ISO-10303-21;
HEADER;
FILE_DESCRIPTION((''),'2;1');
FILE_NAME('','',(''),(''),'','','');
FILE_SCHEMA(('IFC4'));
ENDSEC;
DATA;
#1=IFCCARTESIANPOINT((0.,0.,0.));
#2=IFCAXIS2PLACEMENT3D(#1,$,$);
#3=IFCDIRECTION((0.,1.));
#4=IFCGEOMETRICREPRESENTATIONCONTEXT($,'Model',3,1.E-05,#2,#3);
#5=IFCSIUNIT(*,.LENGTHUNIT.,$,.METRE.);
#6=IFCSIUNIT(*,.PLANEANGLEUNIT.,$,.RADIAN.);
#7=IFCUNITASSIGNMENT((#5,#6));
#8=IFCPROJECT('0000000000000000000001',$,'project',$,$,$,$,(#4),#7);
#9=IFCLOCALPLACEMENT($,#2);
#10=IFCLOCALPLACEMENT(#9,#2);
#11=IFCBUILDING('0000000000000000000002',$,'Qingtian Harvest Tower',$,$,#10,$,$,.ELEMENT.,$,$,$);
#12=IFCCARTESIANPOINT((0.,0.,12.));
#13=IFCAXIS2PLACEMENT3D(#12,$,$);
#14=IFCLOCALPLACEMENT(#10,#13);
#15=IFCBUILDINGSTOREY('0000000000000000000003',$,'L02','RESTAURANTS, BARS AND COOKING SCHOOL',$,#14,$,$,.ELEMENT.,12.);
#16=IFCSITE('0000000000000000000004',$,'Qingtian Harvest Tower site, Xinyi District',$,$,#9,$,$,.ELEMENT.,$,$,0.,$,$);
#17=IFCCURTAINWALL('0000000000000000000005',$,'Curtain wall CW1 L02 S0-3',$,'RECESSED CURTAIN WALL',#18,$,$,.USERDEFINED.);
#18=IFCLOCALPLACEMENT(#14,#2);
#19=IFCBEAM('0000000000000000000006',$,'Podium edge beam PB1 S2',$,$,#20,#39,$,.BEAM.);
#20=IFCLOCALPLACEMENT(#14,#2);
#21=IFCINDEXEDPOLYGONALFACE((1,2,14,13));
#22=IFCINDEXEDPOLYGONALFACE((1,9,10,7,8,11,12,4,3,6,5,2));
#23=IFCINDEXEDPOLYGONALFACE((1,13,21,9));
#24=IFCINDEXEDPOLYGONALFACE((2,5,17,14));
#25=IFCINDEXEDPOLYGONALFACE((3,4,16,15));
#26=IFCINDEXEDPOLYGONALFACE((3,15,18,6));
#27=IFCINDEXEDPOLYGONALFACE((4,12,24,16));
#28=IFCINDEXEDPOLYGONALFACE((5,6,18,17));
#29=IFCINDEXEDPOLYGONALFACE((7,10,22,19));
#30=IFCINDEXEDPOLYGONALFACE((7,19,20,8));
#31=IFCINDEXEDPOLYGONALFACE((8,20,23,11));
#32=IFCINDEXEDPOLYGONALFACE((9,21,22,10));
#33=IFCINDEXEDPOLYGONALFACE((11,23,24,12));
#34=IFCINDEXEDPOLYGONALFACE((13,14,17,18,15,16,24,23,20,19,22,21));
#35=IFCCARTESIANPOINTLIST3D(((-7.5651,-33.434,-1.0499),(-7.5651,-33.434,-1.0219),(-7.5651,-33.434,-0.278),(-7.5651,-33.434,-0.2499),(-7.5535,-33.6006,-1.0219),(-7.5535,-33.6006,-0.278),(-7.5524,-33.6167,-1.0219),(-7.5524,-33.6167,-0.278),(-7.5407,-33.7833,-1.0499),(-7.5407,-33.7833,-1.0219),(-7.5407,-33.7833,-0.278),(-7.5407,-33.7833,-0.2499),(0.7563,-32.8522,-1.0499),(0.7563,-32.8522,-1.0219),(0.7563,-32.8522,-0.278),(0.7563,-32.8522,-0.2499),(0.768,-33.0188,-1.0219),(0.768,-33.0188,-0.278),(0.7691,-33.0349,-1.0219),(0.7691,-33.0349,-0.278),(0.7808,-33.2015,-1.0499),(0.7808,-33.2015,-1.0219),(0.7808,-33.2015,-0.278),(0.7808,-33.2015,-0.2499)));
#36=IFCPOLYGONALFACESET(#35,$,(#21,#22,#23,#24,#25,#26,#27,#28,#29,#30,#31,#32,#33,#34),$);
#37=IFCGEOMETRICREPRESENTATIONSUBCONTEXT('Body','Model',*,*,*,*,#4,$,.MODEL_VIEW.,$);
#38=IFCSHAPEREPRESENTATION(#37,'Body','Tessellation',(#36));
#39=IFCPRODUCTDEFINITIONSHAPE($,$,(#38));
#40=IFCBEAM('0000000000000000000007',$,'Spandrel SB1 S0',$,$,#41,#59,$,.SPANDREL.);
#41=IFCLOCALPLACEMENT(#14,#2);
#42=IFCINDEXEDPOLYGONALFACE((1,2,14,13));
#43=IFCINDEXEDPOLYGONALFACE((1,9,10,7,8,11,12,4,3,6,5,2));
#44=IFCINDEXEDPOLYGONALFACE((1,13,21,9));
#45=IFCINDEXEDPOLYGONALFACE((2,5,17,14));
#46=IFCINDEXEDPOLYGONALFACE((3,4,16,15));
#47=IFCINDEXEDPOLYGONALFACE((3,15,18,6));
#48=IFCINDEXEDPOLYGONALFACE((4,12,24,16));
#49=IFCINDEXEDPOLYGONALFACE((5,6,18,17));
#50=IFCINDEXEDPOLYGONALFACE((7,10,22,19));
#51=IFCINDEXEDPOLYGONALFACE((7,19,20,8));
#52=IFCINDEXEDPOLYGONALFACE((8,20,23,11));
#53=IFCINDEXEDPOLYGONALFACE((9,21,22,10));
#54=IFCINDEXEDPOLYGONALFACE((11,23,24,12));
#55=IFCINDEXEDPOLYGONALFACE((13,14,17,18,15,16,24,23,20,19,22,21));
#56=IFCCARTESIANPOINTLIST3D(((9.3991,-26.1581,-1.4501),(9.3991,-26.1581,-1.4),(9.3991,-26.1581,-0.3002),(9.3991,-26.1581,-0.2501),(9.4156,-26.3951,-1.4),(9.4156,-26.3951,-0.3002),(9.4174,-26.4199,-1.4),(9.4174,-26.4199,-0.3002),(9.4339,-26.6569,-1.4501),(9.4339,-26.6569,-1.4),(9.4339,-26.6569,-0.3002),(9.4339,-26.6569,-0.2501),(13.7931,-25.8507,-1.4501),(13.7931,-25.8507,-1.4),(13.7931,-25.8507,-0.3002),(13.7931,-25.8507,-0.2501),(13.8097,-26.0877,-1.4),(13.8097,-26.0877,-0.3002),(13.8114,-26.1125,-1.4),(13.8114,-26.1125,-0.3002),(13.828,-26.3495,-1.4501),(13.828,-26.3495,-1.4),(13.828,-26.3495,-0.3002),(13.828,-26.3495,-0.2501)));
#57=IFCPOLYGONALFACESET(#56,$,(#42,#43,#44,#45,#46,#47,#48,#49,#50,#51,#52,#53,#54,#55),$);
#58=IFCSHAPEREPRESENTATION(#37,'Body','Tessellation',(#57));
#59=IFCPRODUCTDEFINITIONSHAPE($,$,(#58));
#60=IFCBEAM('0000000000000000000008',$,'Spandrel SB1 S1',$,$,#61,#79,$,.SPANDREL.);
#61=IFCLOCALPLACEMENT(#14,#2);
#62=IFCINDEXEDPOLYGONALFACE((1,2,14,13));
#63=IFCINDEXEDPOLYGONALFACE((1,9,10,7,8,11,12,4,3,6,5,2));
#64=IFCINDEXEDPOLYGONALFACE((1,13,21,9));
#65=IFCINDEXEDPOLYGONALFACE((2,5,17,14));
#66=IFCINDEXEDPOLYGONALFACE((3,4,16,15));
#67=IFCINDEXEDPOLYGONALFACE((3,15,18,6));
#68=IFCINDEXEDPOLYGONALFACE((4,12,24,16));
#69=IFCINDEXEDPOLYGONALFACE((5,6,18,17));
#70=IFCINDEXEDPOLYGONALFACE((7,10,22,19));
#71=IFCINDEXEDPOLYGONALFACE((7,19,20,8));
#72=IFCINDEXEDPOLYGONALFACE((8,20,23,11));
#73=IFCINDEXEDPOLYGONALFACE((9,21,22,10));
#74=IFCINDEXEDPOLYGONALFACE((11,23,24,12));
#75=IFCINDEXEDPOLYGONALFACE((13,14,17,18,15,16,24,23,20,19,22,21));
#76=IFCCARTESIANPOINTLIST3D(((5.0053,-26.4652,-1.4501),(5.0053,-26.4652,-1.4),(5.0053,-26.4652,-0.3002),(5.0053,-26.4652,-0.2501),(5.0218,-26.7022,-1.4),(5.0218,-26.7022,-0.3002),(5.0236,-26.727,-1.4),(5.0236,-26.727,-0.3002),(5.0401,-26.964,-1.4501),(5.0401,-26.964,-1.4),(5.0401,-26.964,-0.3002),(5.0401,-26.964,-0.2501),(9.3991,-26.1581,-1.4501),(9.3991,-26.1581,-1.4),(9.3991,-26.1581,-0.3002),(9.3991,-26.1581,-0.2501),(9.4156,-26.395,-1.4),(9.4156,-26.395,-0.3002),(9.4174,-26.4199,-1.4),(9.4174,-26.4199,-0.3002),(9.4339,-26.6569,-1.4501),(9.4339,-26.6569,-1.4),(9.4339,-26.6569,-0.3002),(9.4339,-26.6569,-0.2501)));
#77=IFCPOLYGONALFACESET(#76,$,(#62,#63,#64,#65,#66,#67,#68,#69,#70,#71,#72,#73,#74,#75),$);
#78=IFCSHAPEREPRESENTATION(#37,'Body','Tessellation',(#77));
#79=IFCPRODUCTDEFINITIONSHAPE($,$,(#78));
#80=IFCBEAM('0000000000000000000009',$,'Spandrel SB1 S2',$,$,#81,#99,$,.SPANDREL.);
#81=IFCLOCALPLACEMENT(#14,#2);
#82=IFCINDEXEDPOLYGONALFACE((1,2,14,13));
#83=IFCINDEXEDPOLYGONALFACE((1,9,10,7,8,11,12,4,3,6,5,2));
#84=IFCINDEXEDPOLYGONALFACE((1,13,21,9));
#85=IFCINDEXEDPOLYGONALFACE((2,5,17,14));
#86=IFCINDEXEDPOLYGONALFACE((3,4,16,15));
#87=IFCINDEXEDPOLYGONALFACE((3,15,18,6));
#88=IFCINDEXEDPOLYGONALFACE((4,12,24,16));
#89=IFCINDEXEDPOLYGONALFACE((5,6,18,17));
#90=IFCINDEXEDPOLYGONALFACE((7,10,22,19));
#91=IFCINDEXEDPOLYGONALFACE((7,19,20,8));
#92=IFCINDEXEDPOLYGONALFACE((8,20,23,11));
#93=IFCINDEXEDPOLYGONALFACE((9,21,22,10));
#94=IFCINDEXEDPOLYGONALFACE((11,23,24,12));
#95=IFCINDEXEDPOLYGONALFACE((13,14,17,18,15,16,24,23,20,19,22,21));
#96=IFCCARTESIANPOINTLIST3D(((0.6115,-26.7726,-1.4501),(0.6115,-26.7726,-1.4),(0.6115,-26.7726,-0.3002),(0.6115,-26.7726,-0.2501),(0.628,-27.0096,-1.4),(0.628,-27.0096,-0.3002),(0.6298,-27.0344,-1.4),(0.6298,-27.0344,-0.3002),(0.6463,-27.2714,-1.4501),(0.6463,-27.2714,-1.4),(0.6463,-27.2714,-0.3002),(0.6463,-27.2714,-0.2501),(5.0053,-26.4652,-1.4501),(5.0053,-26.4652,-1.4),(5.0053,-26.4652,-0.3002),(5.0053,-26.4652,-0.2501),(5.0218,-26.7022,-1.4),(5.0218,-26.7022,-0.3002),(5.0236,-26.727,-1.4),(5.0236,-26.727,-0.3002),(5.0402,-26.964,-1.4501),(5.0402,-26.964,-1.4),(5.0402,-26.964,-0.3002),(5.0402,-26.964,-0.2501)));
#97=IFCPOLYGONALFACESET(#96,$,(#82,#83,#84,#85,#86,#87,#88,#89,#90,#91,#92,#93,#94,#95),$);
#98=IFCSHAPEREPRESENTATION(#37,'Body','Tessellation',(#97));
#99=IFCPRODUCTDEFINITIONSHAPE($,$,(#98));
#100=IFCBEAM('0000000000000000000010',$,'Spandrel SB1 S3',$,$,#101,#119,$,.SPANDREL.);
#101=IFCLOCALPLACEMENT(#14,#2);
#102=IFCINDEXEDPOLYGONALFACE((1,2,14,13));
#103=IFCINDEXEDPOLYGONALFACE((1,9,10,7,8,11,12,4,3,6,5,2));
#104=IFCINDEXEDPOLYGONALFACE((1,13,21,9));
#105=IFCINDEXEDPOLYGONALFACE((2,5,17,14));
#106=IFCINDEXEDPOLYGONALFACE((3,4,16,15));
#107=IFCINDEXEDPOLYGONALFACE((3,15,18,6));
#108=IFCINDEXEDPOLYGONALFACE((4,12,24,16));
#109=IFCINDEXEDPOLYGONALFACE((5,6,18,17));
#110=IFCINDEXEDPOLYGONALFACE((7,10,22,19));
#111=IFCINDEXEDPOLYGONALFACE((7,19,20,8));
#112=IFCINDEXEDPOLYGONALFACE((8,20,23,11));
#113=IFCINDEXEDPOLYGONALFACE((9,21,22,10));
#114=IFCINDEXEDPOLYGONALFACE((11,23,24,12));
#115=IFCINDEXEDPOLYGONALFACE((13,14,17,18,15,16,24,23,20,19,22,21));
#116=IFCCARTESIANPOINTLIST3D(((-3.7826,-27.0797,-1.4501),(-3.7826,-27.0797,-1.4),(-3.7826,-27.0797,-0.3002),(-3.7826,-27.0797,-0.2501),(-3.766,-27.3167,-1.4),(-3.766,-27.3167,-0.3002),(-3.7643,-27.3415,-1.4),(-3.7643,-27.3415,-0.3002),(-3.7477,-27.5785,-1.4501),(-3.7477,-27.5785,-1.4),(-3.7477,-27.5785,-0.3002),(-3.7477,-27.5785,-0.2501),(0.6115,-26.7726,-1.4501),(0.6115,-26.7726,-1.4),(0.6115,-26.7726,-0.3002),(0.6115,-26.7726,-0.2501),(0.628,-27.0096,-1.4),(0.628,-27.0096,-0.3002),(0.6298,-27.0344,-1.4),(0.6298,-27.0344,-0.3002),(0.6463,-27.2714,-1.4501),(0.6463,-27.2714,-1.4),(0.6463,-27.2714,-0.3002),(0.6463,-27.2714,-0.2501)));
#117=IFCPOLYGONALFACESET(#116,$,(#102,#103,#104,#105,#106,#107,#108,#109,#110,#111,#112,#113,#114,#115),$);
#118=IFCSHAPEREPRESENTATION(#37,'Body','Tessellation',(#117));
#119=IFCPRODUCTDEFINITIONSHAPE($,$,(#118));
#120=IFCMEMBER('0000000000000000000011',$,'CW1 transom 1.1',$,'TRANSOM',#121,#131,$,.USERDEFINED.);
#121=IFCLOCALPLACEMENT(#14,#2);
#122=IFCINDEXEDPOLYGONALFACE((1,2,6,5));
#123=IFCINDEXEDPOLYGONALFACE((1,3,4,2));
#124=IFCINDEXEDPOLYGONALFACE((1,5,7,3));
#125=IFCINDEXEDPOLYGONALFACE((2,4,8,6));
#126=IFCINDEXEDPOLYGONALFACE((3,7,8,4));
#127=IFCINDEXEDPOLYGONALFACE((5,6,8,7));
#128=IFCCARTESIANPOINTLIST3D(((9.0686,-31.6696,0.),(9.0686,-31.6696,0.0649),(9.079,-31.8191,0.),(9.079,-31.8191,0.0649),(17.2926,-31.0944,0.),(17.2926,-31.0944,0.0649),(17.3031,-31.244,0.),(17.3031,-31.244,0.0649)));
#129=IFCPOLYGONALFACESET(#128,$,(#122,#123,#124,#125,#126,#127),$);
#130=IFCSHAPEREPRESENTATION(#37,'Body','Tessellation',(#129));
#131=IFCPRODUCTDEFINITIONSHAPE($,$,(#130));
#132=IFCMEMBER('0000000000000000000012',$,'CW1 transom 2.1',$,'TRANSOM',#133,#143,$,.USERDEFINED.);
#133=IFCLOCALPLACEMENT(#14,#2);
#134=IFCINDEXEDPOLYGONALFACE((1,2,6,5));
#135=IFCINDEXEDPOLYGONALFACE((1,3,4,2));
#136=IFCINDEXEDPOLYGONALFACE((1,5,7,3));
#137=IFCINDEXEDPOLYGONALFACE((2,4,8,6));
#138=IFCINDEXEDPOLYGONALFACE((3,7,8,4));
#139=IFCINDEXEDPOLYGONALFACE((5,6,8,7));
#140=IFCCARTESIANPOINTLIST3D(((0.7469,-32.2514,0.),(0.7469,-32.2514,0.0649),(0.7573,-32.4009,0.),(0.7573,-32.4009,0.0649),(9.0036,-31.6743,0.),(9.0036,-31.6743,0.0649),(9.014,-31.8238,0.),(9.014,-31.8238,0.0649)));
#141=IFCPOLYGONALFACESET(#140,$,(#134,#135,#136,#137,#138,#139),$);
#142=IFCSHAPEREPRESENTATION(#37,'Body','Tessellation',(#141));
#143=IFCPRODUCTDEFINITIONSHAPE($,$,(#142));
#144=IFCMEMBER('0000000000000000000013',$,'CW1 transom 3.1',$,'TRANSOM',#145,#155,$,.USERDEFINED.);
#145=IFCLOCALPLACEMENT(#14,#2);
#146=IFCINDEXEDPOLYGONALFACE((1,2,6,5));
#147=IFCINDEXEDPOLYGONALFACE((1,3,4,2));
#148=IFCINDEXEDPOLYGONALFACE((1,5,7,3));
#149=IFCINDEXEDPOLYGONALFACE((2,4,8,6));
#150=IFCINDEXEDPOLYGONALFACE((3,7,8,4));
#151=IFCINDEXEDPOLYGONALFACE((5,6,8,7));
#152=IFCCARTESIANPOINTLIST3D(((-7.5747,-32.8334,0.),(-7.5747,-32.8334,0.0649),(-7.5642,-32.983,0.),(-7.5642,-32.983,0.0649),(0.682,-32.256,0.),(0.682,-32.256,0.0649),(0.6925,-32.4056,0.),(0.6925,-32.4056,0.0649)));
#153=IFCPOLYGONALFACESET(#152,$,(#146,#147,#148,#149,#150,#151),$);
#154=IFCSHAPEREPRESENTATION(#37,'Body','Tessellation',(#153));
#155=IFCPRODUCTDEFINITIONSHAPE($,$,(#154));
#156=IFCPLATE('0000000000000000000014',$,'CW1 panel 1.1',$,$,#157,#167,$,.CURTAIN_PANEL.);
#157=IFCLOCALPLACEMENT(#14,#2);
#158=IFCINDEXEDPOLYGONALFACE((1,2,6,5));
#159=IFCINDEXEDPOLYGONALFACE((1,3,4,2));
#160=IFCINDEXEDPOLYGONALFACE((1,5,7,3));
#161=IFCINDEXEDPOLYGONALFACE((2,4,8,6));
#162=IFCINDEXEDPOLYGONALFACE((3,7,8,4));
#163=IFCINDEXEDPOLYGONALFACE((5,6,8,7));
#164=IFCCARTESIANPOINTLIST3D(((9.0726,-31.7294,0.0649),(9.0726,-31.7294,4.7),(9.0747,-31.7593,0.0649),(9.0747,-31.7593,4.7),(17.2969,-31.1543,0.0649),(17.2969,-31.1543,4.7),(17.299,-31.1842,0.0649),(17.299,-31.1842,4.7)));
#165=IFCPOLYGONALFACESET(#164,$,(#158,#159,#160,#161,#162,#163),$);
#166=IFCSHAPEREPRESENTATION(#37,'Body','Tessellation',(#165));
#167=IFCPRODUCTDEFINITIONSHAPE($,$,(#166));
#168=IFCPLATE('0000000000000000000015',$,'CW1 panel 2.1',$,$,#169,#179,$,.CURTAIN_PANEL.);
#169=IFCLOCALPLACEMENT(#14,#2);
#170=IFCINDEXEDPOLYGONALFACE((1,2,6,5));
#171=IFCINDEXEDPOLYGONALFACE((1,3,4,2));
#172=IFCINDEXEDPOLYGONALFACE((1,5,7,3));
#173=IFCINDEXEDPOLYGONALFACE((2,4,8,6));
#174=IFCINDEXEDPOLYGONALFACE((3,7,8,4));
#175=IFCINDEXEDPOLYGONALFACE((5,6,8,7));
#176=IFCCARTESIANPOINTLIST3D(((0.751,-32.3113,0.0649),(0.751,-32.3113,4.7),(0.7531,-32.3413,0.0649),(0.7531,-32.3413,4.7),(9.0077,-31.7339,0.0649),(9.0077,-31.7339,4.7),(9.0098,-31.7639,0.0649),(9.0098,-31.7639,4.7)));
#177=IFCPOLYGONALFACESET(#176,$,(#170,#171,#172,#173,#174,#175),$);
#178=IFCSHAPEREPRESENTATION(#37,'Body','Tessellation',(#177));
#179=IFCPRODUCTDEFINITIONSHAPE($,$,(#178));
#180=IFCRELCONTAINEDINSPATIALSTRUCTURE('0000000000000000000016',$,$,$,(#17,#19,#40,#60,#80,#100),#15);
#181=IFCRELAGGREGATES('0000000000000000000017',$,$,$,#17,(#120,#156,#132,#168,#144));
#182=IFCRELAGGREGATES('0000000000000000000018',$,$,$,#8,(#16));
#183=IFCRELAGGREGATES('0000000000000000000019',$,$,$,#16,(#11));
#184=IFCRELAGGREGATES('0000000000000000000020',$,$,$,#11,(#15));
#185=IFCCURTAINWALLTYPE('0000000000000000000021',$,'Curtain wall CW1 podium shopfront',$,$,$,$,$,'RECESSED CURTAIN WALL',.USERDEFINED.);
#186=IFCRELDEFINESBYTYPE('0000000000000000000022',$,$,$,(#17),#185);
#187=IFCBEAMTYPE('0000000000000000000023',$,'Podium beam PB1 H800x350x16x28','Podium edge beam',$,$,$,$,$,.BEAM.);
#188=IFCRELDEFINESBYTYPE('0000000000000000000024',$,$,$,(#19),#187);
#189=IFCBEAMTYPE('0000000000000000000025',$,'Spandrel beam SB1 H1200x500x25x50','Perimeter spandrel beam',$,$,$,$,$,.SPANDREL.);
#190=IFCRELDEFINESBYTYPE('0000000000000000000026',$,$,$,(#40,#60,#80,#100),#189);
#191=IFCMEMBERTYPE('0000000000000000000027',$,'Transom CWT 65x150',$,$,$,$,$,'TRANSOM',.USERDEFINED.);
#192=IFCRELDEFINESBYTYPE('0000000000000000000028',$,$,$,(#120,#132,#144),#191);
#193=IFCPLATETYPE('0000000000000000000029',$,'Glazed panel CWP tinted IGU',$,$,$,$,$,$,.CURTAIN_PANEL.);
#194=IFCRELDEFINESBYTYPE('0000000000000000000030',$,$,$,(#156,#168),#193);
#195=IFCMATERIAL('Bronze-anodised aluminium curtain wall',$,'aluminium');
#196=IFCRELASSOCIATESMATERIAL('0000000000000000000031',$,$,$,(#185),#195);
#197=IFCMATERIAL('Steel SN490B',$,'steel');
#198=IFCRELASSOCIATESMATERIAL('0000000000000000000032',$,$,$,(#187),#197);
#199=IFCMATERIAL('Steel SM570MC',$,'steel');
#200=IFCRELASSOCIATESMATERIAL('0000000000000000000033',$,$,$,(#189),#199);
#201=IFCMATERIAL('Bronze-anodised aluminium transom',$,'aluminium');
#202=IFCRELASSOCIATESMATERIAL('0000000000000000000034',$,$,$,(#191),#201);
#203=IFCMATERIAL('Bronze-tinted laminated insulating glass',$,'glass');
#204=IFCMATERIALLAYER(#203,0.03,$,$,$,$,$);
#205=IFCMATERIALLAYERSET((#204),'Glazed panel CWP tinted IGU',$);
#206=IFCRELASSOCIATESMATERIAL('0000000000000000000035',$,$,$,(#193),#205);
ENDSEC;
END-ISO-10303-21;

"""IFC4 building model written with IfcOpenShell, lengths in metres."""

from ifc_helpers import new_model, si_unit, direction, frame, origin, origin_2d, place, context, subcontext, project, spatial, rectangle, i_section, extrude, material, layer, layer_set, material_profile, profile_set, type_object, element, aggregate, save


model = new_model("IFC4")

# Units and contexts
model_context = context("Model", 3, precision=1e-05, world=origin(), true_north=direction((0.0, 1.0)))
body_context = subcontext(model_context, "Body", "Model", "MODEL_VIEW")
ifc_project = project(units=[si_unit("LENGTHUNIT", "METRE"), si_unit("PLANEANGLEUNIT", "RADIAN")], contexts=[model_context])

# Site, building, storey
site_placement = place(None, origin())
site = spatial("IfcSite", under=ifc_project, at=site_placement, Name="Qingtian Harvest Tower site, Xinyi District", CompositionType="ELEMENT", RefElevation=0.0)
building_placement = place(site_placement, origin())
building = spatial("IfcBuilding", under=site, at=building_placement, Name="Qingtian Harvest Tower", CompositionType="ELEMENT")
storey_placement = place(building_placement, frame((0.0, 0.0, 12.0)))
storey = spatial("IfcBuildingStorey", under=building, at=storey_placement, Name="L02", Description="RESTAURANTS, BARS AND COOKING SCHOOL", CompositionType="ELEMENT", Elevation=12.0)

# Shared definitions
ifc_material_1 = material(Name="Bronze-anodised aluminium curtain wall", Category="aluminium")
curtain_wall_type = type_object("IfcCurtainWallType", Name="Curtain wall CW1 podium shopfront", ElementType="RECESSED CURTAIN WALL", PredefinedType="USERDEFINED", material=ifc_material_1)

# Curtain wall
curtain_wall_1_placement = place(storey_placement, origin())
curtain_wall_1 = element("IfcCurtainWall", 1, at=curtain_wall_1_placement, inside=storey, type_object=curtain_wall_type, Name="Curtain wall CW1 L02 S0-3", ObjectType="RECESSED CURTAIN WALL", PredefinedType="USERDEFINED")

# Beams
ifc_material_2 = material(Name="Steel SN490B", Category="steel")
ifc_material_profile_1 = material_profile(ifc_material_2, i_section(OverallWidth=0.3501, OverallDepth=0.8, WebThickness=0.0161, FlangeThickness=0.0281, at=origin_2d()), Name="H800x350x16x28")
ifc_profile_set_1 = profile_set([ifc_material_profile_1], Name="Steel SN490B")
beam_type_1 = type_object("IfcBeamType", Name="Podium beam PB1 H800x350x16x28", Description="Podium edge beam", PredefinedType="BEAM", material=ifc_profile_set_1)
for number, where, z_axis, x_axis, name in (
    (2, (0.7686, -33.0269, -0.6499), (-0.997565, -0.069743, 0.0), (0.069743, -0.997565, 0.0), "Podium edge beam PB1 S2"),
):
    element("IfcBeam", number, at=place(storey_placement, frame(where, z_axis=z_axis, x_axis=x_axis)), inside=storey, type_object=beam_type_1, Name=name, PredefinedType="BEAM", context=body_context, shape_type="SweptSolid", body=[
        extrude(i_section(OverallWidth=0.3501, OverallDepth=0.8, WebThickness=0.0161, FlangeThickness=0.0281, at=origin_2d()), origin(), (0.0, 0.0, 1.0), 8.3418),
    ])
ifc_material_3 = material(Name="Steel SM570MC", Category="steel")
ifc_material_profile_2 = material_profile(ifc_material_3, i_section(OverallWidth=0.5, OverallDepth=1.2, WebThickness=0.0249, FlangeThickness=0.05, at=origin_2d()), Name="H1200x500x25x50")
ifc_profile_set_2 = profile_set([ifc_material_profile_2], Name="Steel SM570MC")
beam_type_2 = type_object("IfcBeamType", Name="Spandrel beam SB1 H1200x500x25x50", Description="Perimeter spandrel beam", PredefinedType="SPANDREL", material=ifc_profile_set_2)
beam_1_placement = place(storey_placement, frame((13.8105, -26.1001, -0.8501), z_axis=(-0.997562, -0.069782, 0.0), x_axis=(0.069782, -0.997562, 0.0)))
element("IfcBeam", 3, at=beam_1_placement, inside=storey, type_object=beam_type_2, Name="Spandrel SB1 S0", PredefinedType="SPANDREL", context=body_context, shape_type="SweptSolid", body=[
    extrude(i_section(OverallWidth=0.5, OverallDepth=1.2, WebThickness=0.0249, FlangeThickness=0.05, at=origin_2d()), origin(), (0.0, 0.0, 1.0), 4.4048),
])
for number, where, z_axis, x_axis, name in (
    (4, (9.4165, -26.4075, -0.8501), (-0.997566, -0.06973, 0.0), (0.06973, -0.997566, 0.0), "Spandrel SB1 S1"),
    (5, (5.0227, -26.7146, -0.8501), (-0.997562, -0.069786, 0.0), (0.069786, -0.997562, 0.0), "Spandrel SB1 S2"),
):
    element("IfcBeam", number, at=place(storey_placement, frame(where, z_axis=z_axis, x_axis=x_axis)), inside=storey, type_object=beam_type_2, Name=name, PredefinedType="SPANDREL", context=body_context, shape_type="SweptSolid", body=[
        extrude(i_section(OverallWidth=0.5, OverallDepth=1.2, WebThickness=0.0249, FlangeThickness=0.05, at=origin_2d()), origin(), (0.0, 0.0, 1.0), 4.4045),
    ])
beam_2_placement = place(storey_placement, frame((0.6289, -27.022, -0.8501), z_axis=(-0.997566, -0.069727, 0.0), x_axis=(0.069727, -0.997566, 0.0)))
element("IfcBeam", 6, at=beam_2_placement, inside=storey, type_object=beam_type_2, Name="Spandrel SB1 S3", PredefinedType="SPANDREL", context=body_context, shape_type="SweptSolid", body=[
    extrude(i_section(OverallWidth=0.5, OverallDepth=1.2, WebThickness=0.0249, FlangeThickness=0.05, at=origin_2d()), origin(), (0.0, 0.0, 1.0), 4.4048),
])

# Members
ifc_material_4 = material(Name="Bronze-anodised aluminium transom", Category="aluminium")
ifc_material_profile_3 = material_profile(ifc_material_4, rectangle(XDim=0.1499, YDim=0.0649, at=origin_2d()), Name="AL 65x150")
ifc_profile_set_3 = profile_set([ifc_material_profile_3], Name="Bronze-anodised aluminium transom")
member_type_1 = type_object("IfcMemberType", Name="Transom CWT 65x150", ElementType="TRANSOM", PredefinedType="USERDEFINED", material=ifc_profile_set_3)
member_1_placement = place(storey_placement, frame((17.2979, -31.1692, 0.0325), z_axis=(-0.997563, -0.06977, 0.0), x_axis=(0.06977, -0.997563, 0.0)))
member_1 = element("IfcMember", 7, at=member_1_placement, type_object=member_type_1, Name="CW1 transom 1.1", ObjectType="TRANSOM", PredefinedType="USERDEFINED", context=body_context, shape_type="SweptSolid", body=[
    extrude(rectangle(XDim=0.1499, YDim=0.0649, at=origin_2d()), origin(), (0.0, 0.0, 1.0), 8.2441),
])
member_2_placement = place(storey_placement, frame((9.0088, -31.749, 0.0325), z_axis=(-0.997566, -0.069731, 0.0), x_axis=(0.069731, -0.997566, 0.0)))
member_2 = element("IfcMember", 8, at=member_2_placement, type_object=member_type_1, Name="CW1 transom 2.1", ObjectType="TRANSOM", PredefinedType="USERDEFINED", context=body_context, shape_type="SweptSolid", body=[
    extrude(rectangle(XDim=0.1499, YDim=0.0649, at=origin_2d()), origin(), (0.0, 0.0, 1.0), 8.2769),
])
member_3_placement = place(storey_placement, frame((0.6873, -32.3308, 0.0325), z_axis=(-0.997564, -0.069761, 0.0), x_axis=(0.069761, -0.997564, 0.0)))
member_3 = element("IfcMember", 9, at=member_3_placement, type_object=member_type_1, Name="CW1 transom 3.1", ObjectType="TRANSOM", PredefinedType="USERDEFINED", context=body_context, shape_type="SweptSolid", body=[
    extrude(rectangle(XDim=0.1499, YDim=0.0649, at=origin_2d()), origin(), (0.0, 0.0, 1.0), 8.2769),
])

# Plates
ifc_material_5 = material(Name="Bronze-tinted laminated insulating glass", Category="glass")
ifc_layer_1 = layer(ifc_material_5, 0.03)
ifc_layer_set_1 = layer_set([ifc_layer_1], Name="Glazed panel CWP tinted IGU")
plate_type = type_object("IfcPlateType", Name="Glazed panel CWP tinted IGU", PredefinedType="CURTAIN_PANEL", material=ifc_layer_set_1)
plate_1_placement = place(storey_placement, frame((13.1858, -31.4568, 0.0649), z_axis=(0.0, 0.0, 1.0), x_axis=(-0.997564, -0.069756, 0.0)))
plate_1 = element("IfcPlate", 10, at=plate_1_placement, type_object=plate_type, Name="CW1 panel 1.1", PredefinedType="CURTAIN_PANEL", context=body_context, shape_type="SweptSolid", body=[
    extrude(rectangle(XDim=8.2444, YDim=0.03, at=origin_2d()), origin(), (0.0, 0.0, 1.0), 4.635),
])
plate_2_placement = place(storey_placement, frame((4.8804, -32.0376, 0.0649), z_axis=(0.0, 0.0, 1.0), x_axis=(-0.997564, -0.069756, 0.0)))
plate_2 = element("IfcPlate", 11, at=plate_2_placement, type_object=plate_type, Name="CW1 panel 2.1", PredefinedType="CURTAIN_PANEL", context=body_context, shape_type="SweptSolid", body=[
    extrude(rectangle(XDim=8.2769, YDim=0.03, at=origin_2d()), origin(), (0.0, 0.0, 1.0), 4.635),
])
aggregate(curtain_wall_1, [member_1, plate_1, member_2, plate_2, member_3])

save(model, "model.ifc")
